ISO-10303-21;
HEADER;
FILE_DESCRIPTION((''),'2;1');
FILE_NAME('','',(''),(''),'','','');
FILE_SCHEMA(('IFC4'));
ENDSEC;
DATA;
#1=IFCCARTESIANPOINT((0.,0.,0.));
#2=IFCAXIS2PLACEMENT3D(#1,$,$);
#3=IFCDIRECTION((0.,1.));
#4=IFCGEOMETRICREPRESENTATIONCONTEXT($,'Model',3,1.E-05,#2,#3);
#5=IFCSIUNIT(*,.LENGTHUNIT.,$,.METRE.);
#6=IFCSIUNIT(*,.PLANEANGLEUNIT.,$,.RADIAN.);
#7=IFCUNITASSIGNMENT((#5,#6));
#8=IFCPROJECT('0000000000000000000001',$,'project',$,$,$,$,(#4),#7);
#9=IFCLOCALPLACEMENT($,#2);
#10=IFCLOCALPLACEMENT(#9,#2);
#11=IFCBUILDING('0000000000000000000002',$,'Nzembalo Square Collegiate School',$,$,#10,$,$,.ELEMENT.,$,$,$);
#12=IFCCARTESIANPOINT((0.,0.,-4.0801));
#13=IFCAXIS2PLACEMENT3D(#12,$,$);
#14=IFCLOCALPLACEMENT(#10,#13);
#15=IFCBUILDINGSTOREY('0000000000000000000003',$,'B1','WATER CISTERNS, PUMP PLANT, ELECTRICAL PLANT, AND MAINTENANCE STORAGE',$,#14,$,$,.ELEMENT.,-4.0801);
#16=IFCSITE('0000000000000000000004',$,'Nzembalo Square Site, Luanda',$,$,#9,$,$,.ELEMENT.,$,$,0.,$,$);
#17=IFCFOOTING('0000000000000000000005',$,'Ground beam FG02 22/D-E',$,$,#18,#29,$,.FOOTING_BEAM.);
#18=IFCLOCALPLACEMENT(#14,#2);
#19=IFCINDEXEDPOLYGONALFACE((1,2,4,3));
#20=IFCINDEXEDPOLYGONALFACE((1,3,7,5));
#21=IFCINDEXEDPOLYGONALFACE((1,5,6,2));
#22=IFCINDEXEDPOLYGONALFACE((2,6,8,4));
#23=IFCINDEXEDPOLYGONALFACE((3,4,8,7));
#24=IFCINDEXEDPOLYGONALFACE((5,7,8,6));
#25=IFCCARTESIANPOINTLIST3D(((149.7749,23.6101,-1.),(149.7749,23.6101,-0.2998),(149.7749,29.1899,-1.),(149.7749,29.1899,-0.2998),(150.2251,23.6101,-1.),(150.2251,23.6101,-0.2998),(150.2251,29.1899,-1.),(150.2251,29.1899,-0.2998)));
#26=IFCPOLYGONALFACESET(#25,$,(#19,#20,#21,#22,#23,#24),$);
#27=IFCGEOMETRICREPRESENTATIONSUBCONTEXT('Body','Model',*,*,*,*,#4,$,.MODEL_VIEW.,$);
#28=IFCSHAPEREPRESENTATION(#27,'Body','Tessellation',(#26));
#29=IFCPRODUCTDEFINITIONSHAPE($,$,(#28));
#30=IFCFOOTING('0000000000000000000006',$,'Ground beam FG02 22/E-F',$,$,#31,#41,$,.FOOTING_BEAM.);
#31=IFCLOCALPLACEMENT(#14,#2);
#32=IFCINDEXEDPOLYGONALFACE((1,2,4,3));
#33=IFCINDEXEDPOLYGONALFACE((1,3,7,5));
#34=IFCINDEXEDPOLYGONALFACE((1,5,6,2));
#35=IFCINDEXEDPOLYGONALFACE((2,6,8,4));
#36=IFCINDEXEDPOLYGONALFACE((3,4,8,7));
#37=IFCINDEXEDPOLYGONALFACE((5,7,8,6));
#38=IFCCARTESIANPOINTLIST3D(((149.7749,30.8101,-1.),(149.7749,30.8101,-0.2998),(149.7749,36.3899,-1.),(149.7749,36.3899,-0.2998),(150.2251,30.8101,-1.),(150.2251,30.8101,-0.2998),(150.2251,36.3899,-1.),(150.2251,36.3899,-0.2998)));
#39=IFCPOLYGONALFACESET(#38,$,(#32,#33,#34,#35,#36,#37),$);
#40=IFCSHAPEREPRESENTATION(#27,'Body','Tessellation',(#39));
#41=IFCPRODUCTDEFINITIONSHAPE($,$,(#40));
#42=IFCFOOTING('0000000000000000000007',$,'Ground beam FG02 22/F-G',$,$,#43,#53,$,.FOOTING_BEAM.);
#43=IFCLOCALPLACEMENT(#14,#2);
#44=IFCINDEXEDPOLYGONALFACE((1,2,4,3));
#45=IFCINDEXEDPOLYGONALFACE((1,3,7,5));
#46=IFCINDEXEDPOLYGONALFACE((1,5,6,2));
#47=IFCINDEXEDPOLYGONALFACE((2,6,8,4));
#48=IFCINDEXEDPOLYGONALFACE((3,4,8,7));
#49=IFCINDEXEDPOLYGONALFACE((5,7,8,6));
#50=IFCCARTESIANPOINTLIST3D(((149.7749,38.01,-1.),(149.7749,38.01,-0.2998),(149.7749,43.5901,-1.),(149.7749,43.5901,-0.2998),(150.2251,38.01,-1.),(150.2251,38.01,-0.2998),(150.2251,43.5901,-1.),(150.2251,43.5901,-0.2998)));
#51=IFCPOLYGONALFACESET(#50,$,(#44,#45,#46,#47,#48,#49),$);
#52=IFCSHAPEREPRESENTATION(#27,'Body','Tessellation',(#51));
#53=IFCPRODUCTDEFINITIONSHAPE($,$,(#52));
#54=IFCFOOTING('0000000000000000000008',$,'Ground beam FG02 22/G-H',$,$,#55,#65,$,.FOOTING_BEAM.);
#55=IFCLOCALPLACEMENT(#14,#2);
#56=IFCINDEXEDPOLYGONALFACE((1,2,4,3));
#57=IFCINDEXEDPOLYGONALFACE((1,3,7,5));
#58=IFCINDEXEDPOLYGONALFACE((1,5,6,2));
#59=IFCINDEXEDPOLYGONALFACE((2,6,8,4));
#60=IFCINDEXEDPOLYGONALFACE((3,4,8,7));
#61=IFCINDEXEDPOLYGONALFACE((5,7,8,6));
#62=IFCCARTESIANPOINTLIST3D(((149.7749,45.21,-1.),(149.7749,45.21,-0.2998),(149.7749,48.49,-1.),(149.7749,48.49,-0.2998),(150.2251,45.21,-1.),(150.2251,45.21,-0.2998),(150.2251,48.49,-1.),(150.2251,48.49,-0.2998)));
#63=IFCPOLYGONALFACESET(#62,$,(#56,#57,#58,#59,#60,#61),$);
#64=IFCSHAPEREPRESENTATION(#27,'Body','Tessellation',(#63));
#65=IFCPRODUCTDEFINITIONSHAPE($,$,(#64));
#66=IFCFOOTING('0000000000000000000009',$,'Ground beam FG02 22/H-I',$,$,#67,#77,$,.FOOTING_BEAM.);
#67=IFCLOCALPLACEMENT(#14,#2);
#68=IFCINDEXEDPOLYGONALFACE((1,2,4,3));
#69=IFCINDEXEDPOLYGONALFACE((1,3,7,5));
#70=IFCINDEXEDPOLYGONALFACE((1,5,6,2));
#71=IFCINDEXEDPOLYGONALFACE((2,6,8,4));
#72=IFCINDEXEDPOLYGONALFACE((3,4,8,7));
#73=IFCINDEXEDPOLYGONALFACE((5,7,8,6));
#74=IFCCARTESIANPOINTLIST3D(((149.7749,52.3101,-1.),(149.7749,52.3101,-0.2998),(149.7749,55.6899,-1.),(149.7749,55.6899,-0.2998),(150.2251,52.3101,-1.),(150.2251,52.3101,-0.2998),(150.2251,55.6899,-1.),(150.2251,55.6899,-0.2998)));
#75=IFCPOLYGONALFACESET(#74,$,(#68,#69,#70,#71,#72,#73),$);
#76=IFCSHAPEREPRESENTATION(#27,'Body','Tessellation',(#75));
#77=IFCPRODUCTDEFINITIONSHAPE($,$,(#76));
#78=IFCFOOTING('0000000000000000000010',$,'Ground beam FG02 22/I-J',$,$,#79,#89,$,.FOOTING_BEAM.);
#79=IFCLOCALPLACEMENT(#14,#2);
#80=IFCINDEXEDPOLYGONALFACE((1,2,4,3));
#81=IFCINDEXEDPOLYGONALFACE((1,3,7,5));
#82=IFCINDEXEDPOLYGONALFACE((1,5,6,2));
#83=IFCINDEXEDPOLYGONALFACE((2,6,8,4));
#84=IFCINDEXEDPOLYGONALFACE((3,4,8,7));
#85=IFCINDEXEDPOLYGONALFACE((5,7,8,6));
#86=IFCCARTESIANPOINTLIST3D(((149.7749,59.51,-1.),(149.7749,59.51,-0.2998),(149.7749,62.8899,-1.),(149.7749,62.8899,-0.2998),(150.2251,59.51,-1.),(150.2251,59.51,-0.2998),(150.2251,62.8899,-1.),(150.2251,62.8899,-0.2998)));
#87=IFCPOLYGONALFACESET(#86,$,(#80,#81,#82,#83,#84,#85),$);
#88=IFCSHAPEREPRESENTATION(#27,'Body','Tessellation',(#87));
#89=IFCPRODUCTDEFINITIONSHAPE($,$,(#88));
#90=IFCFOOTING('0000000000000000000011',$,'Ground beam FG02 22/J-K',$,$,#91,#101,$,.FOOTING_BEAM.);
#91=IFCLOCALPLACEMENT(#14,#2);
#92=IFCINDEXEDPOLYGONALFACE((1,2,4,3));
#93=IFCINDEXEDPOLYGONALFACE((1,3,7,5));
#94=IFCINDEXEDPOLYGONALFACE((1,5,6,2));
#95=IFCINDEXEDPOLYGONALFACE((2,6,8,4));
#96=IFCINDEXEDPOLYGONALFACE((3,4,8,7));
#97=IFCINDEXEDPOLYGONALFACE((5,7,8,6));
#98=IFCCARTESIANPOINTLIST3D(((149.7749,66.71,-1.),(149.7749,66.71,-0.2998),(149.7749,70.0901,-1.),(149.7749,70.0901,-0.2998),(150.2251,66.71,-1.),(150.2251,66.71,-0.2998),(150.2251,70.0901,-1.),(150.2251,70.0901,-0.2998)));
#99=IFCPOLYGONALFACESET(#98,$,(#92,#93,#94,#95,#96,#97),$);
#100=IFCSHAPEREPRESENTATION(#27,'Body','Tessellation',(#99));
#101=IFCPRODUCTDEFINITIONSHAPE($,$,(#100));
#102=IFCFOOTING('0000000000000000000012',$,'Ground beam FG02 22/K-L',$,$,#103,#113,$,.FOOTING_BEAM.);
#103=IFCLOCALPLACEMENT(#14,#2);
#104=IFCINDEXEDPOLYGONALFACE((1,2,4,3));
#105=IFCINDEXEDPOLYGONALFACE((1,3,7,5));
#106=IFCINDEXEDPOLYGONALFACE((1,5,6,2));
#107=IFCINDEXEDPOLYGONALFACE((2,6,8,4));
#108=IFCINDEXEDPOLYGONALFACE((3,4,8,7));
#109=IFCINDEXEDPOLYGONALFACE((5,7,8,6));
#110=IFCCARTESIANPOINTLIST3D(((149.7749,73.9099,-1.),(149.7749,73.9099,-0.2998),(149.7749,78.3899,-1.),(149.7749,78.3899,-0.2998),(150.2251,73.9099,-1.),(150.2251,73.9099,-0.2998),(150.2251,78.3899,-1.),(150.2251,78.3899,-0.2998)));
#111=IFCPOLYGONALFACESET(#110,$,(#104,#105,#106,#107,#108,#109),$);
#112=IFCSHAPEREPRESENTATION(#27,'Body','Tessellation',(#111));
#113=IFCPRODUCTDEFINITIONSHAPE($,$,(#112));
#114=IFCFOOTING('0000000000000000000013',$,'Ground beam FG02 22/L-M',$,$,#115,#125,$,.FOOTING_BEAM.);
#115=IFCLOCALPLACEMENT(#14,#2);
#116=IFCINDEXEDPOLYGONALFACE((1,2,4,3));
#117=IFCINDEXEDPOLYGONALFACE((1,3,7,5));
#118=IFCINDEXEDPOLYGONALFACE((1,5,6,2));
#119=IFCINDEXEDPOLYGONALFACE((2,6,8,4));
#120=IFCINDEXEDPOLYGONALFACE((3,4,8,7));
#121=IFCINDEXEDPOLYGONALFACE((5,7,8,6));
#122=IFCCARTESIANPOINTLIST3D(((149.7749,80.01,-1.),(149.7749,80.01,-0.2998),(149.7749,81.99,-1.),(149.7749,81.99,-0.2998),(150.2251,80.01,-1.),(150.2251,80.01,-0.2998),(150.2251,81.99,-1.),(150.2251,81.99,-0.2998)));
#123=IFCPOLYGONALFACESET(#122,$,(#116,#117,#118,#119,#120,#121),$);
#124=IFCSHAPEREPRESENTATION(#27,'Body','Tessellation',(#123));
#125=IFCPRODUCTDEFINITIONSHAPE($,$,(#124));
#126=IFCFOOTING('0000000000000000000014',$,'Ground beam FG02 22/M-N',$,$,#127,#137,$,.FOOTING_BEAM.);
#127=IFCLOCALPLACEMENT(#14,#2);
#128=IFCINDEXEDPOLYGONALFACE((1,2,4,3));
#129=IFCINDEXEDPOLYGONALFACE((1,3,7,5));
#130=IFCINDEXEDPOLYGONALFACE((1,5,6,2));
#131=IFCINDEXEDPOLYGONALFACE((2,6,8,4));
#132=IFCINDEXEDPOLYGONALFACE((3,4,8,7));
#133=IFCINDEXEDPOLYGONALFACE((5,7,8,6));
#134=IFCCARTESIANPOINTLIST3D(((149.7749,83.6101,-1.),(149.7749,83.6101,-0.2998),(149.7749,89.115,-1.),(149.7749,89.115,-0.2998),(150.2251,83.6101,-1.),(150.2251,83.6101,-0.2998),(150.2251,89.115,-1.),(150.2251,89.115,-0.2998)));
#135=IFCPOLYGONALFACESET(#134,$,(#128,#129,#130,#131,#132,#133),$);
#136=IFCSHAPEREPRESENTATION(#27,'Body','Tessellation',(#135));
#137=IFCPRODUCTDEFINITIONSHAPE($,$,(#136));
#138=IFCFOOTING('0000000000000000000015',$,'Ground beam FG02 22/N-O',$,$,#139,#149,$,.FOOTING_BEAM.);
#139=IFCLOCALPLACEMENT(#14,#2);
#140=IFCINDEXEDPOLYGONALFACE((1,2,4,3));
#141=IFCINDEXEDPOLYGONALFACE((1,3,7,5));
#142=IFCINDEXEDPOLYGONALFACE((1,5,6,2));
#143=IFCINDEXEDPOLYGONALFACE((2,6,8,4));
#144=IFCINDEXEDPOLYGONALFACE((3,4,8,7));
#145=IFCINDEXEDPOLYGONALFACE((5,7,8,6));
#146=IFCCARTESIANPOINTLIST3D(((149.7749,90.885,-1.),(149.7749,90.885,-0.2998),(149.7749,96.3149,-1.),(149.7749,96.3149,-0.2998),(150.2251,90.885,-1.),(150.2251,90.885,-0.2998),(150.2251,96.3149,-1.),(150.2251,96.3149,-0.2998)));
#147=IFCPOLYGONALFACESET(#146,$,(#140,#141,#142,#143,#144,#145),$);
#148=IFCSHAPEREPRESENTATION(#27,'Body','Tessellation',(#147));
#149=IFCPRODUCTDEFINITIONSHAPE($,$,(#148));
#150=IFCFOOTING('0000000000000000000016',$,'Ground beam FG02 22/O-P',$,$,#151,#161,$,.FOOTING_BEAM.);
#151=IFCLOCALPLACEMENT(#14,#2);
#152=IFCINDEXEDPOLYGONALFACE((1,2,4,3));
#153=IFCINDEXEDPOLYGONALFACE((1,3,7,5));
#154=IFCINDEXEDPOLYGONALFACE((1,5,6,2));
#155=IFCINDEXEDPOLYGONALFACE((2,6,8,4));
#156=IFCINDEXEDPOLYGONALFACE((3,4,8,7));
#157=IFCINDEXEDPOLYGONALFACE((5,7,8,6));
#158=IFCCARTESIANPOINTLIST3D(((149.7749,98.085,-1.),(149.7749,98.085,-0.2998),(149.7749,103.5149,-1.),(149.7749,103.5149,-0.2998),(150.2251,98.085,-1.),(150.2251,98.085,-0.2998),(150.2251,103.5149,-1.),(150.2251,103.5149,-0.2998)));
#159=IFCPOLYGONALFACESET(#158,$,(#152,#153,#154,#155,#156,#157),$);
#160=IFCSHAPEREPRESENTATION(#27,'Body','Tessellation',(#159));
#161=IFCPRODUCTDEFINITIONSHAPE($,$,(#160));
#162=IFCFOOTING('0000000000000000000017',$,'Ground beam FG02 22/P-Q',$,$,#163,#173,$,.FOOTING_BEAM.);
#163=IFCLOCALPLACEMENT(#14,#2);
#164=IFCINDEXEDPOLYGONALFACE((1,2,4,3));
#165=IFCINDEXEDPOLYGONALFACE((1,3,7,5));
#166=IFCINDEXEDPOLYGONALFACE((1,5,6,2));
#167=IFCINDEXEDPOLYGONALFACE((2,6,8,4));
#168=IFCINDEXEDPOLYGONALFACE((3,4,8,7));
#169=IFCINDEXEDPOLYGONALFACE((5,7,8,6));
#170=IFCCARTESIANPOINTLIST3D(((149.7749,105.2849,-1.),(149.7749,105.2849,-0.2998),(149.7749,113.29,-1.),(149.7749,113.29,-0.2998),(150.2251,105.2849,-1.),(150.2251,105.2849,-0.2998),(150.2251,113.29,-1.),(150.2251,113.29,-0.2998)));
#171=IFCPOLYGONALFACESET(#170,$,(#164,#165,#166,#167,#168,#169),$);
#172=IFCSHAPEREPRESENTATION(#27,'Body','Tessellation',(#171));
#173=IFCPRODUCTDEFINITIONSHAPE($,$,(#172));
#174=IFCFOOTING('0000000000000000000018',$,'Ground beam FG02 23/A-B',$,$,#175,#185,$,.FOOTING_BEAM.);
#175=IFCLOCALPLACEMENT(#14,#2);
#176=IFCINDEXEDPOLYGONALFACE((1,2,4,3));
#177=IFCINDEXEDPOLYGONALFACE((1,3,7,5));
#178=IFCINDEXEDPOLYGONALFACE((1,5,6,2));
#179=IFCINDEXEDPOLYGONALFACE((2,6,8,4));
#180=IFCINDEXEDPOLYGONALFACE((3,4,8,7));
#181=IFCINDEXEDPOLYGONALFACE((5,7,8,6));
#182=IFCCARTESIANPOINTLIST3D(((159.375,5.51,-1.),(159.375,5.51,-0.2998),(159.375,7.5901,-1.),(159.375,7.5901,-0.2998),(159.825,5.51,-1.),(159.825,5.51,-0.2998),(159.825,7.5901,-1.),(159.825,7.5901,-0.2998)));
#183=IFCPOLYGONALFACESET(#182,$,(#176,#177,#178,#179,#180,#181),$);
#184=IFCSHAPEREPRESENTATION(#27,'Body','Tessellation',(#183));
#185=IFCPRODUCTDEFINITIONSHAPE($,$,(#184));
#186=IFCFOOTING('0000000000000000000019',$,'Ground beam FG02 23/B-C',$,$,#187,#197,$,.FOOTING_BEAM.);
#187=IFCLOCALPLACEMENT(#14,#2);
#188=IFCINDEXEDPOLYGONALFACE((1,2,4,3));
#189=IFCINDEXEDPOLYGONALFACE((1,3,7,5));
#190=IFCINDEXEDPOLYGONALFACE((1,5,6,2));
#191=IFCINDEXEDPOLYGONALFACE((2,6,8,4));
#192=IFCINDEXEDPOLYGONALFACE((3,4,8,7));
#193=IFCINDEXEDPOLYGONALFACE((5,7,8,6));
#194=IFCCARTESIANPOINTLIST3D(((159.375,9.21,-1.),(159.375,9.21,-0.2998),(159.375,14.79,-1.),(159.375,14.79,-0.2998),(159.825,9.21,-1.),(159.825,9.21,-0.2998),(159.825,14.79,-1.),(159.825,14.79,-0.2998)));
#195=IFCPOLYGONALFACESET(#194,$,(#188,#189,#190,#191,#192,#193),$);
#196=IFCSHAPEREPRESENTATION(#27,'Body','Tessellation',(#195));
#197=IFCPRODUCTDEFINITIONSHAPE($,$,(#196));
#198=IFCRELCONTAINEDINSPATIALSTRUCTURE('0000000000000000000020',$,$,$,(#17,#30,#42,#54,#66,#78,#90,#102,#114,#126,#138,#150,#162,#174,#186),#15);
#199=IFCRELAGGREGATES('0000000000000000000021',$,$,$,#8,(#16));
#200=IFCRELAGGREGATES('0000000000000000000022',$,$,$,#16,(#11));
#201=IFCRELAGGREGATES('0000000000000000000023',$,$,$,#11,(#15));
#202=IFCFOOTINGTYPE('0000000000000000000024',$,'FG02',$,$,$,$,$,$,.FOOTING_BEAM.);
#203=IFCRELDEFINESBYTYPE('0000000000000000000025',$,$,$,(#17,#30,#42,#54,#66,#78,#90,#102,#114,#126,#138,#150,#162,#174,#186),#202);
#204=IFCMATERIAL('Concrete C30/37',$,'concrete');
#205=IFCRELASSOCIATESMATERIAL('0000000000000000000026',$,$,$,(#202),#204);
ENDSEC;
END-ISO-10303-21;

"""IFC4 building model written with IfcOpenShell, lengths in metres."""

from ifc_helpers import new_model, si_unit, direction, frame, origin, place, context, subcontext, project, spatial, polyline, outline, extrude, material, type_object, element, save


model = new_model("IFC4")

# Units and contexts
model_context = context("Model", 3, precision=1e-05, world=origin(), true_north=direction((0.0, 1.0)))
body_context = subcontext(model_context, "Body", "Model", "MODEL_VIEW")
ifc_project = project(units=[si_unit("LENGTHUNIT", "METRE"), si_unit("PLANEANGLEUNIT", "RADIAN")], contexts=[model_context])

# Site, building, storey
site_placement = place(None, origin())
site = spatial("IfcSite", under=ifc_project, at=site_placement, Name="Nzembalo Square Site, Luanda", CompositionType="ELEMENT", RefElevation=0.0)
building_placement = place(site_placement, origin())
building = spatial("IfcBuilding", under=site, at=building_placement, Name="Nzembalo Square Collegiate School", CompositionType="ELEMENT")
storey_placement = place(building_placement, frame((0.0, 0.0, -4.0801)))
storey = spatial("IfcBuildingStorey", under=building, at=storey_placement, Name="B1", Description="WATER CISTERNS, PUMP PLANT, ELECTRICAL PLANT, AND MAINTENANCE STORAGE", CompositionType="ELEMENT", Elevation=-4.0801)

# Footings
ifc_material = material(Name="Concrete C30/37", Category="concrete")
footing_type = type_object("IfcFootingType", Name="FG02", PredefinedType="FOOTING_BEAM", material=ifc_material)
footing_1_placement = place(storey_placement, frame((0.0, 0.0, -1.0)))
element("IfcFooting", 1, at=footing_1_placement, inside=storey, type_object=footing_type, Name="Ground beam FG02 22/D-E", PredefinedType="FOOTING_BEAM", context=body_context, shape_type="SweptSolid", body=[
    extrude(outline(polyline([(149.7749, 23.6101), (150.2251, 23.6101), (150.2251, 29.1899), (149.7749, 29.1899), (149.7749, 23.6101)])), origin(), (0.0, 0.0, 1.0), 0.7002),
])
footing_2_placement = place(storey_placement, frame((0.0, 0.0, -1.0)))
element("IfcFooting", 2, at=footing_2_placement, inside=storey, type_object=footing_type, Name="Ground beam FG02 22/E-F", PredefinedType="FOOTING_BEAM", context=body_context, shape_type="SweptSolid", body=[
    extrude(outline(polyline([(149.7749, 30.8101), (150.2251, 30.8101), (150.2251, 36.3899), (149.7749, 36.3899), (149.7749, 30.8101)])), origin(), (0.0, 0.0, 1.0), 0.7002),
])
footing_3_placement = place(storey_placement, frame((0.0, 0.0, -1.0)))
element("IfcFooting", 3, at=footing_3_placement, inside=storey, type_object=footing_type, Name="Ground beam FG02 22/F-G", PredefinedType="FOOTING_BEAM", context=body_context, shape_type="SweptSolid", body=[
    extrude(outline(polyline([(149.7749, 38.01), (150.2251, 38.01), (150.2251, 43.5901), (149.7749, 43.5901), (149.7749, 38.01)])), origin(), (0.0, 0.0, 1.0), 0.7002),
])
footing_4_placement = place(storey_placement, frame((0.0, 0.0, -1.0)))
element("IfcFooting", 4, at=footing_4_placement, inside=storey, type_object=footing_type, Name="Ground beam FG02 22/G-H", PredefinedType="FOOTING_BEAM", context=body_context, shape_type="SweptSolid", body=[
    extrude(outline(polyline([(149.7749, 45.21), (150.2251, 45.21), (150.2251, 48.49), (149.7749, 48.49), (149.7749, 45.21)])), origin(), (0.0, 0.0, 1.0), 0.7002),
])
footing_5_placement = place(storey_placement, frame((0.0, 0.0, -1.0)))
element("IfcFooting", 5, at=footing_5_placement, inside=storey, type_object=footing_type, Name="Ground beam FG02 22/H-I", PredefinedType="FOOTING_BEAM", context=body_context, shape_type="SweptSolid", body=[
    extrude(outline(polyline([(149.7749, 52.3101), (150.2251, 52.3101), (150.2251, 55.6899), (149.7749, 55.6899), (149.7749, 52.3101)])), origin(), (0.0, 0.0, 1.0), 0.7002),
])
footing_6_placement = place(storey_placement, frame((0.0, 0.0, -1.0)))
element("IfcFooting", 6, at=footing_6_placement, inside=storey, type_object=footing_type, Name="Ground beam FG02 22/I-J", PredefinedType="FOOTING_BEAM", context=body_context, shape_type="SweptSolid", body=[
    extrude(outline(polyline([(149.7749, 59.51), (150.2251, 59.51), (150.2251, 62.8899), (149.7749, 62.8899), (149.7749, 59.51)])), origin(), (0.0, 0.0, 1.0), 0.7002),
])
footing_7_placement = place(storey_placement, frame((0.0, 0.0, -1.0)))
element("IfcFooting", 7, at=footing_7_placement, inside=storey, type_object=footing_type, Name="Ground beam FG02 22/J-K", PredefinedType="FOOTING_BEAM", context=body_context, shape_type="SweptSolid", body=[
    extrude(outline(polyline([(149.7749, 66.71), (150.2251, 66.71), (150.2251, 70.0901), (149.7749, 70.0901), (149.7749, 66.71)])), origin(), (0.0, 0.0, 1.0), 0.7002),
])
footing_8_placement = place(storey_placement, frame((0.0, 0.0, -1.0)))
element("IfcFooting", 8, at=footing_8_placement, inside=storey, type_object=footing_type, Name="Ground beam FG02 22/K-L", PredefinedType="FOOTING_BEAM", context=body_context, shape_type="SweptSolid", body=[
    extrude(outline(polyline([(149.7749, 73.9099), (150.2251, 73.9099), (150.2251, 78.3899), (149.7749, 78.3899), (149.7749, 73.9099)])), origin(), (0.0, 0.0, 1.0), 0.7002),
])
footing_9_placement = place(storey_placement, frame((0.0, 0.0, -1.0)))
element("IfcFooting", 9, at=footing_9_placement, inside=storey, type_object=footing_type, Name="Ground beam FG02 22/L-M", PredefinedType="FOOTING_BEAM", context=body_context, shape_type="SweptSolid", body=[
    extrude(outline(polyline([(149.7749, 80.01), (150.2251, 80.01), (150.2251, 81.99), (149.7749, 81.99), (149.7749, 80.01)])), origin(), (0.0, 0.0, 1.0), 0.7002),
])
footing_10_placement = place(storey_placement, frame((0.0, 0.0, -1.0)))
element("IfcFooting", 10, at=footing_10_placement, inside=storey, type_object=footing_type, Name="Ground beam FG02 22/M-N", PredefinedType="FOOTING_BEAM", context=body_context, shape_type="SweptSolid", body=[
    extrude(outline(polyline([(149.7749, 83.6101), (150.2251, 83.6101), (150.2251, 89.115), (149.7749, 89.115), (149.7749, 83.6101)])), origin(), (0.0, 0.0, 1.0), 0.7002),
])
footing_11_placement = place(storey_placement, frame((0.0, 0.0, -1.0)))
element("IfcFooting", 11, at=footing_11_placement, inside=storey, type_object=footing_type, Name="Ground beam FG02 22/N-O", PredefinedType="FOOTING_BEAM", context=body_context, shape_type="SweptSolid", body=[
    extrude(outline(polyline([(149.7749, 90.885), (150.2251, 90.885), (150.2251, 96.3149), (149.7749, 96.3149), (149.7749, 90.885)])), origin(), (0.0, 0.0, 1.0), 0.7002),
])
footing_12_placement = place(storey_placement, frame((0.0, 0.0, -1.0)))
element("IfcFooting", 12, at=footing_12_placement, inside=storey, type_object=footing_type, Name="Ground beam FG02 22/O-P", PredefinedType="FOOTING_BEAM", context=body_context, shape_type="SweptSolid", body=[
    extrude(outline(polyline([(149.7749, 98.085), (150.2251, 98.085), (150.2251, 103.5149), (149.7749, 103.5149), (149.7749, 98.085)])), origin(), (0.0, 0.0, 1.0), 0.7002),
])
footing_13_placement = place(storey_placement, frame((0.0, 0.0, -1.0)))
element("IfcFooting", 13, at=footing_13_placement, inside=storey, type_object=footing_type, Name="Ground beam FG02 22/P-Q", PredefinedType="FOOTING_BEAM", context=body_context, shape_type="SweptSolid", body=[
    extrude(outline(polyline([(149.7749, 105.2849), (150.2251, 105.2849), (150.2251, 113.29), (149.7749, 113.29), (149.7749, 105.2849)])), origin(), (0.0, 0.0, 1.0), 0.7002),
])
footing_14_placement = place(storey_placement, frame((0.0, 0.0, -1.0)))
element("IfcFooting", 14, at=footing_14_placement, inside=storey, type_object=footing_type, Name="Ground beam FG02 23/A-B", PredefinedType="FOOTING_BEAM", context=body_context, shape_type="SweptSolid", body=[
    extrude(outline(polyline([(159.375, 5.51), (159.825, 5.51), (159.825, 7.5901), (159.375, 7.5901), (159.375, 5.51)])), origin(), (0.0, 0.0, 1.0), 0.7002),
])
footing_15_placement = place(storey_placement, frame((0.0, 0.0, -1.0)))
element("IfcFooting", 15, at=footing_15_placement, inside=storey, type_object=footing_type, Name="Ground beam FG02 23/B-C", PredefinedType="FOOTING_BEAM", context=body_context, shape_type="SweptSolid", body=[
    extrude(outline(polyline([(159.375, 9.21), (159.825, 9.21), (159.825, 14.79), (159.375, 14.79), (159.375, 9.21)])), origin(), (0.0, 0.0, 1.0), 0.7002),
])

save(model, "model.ifc")
